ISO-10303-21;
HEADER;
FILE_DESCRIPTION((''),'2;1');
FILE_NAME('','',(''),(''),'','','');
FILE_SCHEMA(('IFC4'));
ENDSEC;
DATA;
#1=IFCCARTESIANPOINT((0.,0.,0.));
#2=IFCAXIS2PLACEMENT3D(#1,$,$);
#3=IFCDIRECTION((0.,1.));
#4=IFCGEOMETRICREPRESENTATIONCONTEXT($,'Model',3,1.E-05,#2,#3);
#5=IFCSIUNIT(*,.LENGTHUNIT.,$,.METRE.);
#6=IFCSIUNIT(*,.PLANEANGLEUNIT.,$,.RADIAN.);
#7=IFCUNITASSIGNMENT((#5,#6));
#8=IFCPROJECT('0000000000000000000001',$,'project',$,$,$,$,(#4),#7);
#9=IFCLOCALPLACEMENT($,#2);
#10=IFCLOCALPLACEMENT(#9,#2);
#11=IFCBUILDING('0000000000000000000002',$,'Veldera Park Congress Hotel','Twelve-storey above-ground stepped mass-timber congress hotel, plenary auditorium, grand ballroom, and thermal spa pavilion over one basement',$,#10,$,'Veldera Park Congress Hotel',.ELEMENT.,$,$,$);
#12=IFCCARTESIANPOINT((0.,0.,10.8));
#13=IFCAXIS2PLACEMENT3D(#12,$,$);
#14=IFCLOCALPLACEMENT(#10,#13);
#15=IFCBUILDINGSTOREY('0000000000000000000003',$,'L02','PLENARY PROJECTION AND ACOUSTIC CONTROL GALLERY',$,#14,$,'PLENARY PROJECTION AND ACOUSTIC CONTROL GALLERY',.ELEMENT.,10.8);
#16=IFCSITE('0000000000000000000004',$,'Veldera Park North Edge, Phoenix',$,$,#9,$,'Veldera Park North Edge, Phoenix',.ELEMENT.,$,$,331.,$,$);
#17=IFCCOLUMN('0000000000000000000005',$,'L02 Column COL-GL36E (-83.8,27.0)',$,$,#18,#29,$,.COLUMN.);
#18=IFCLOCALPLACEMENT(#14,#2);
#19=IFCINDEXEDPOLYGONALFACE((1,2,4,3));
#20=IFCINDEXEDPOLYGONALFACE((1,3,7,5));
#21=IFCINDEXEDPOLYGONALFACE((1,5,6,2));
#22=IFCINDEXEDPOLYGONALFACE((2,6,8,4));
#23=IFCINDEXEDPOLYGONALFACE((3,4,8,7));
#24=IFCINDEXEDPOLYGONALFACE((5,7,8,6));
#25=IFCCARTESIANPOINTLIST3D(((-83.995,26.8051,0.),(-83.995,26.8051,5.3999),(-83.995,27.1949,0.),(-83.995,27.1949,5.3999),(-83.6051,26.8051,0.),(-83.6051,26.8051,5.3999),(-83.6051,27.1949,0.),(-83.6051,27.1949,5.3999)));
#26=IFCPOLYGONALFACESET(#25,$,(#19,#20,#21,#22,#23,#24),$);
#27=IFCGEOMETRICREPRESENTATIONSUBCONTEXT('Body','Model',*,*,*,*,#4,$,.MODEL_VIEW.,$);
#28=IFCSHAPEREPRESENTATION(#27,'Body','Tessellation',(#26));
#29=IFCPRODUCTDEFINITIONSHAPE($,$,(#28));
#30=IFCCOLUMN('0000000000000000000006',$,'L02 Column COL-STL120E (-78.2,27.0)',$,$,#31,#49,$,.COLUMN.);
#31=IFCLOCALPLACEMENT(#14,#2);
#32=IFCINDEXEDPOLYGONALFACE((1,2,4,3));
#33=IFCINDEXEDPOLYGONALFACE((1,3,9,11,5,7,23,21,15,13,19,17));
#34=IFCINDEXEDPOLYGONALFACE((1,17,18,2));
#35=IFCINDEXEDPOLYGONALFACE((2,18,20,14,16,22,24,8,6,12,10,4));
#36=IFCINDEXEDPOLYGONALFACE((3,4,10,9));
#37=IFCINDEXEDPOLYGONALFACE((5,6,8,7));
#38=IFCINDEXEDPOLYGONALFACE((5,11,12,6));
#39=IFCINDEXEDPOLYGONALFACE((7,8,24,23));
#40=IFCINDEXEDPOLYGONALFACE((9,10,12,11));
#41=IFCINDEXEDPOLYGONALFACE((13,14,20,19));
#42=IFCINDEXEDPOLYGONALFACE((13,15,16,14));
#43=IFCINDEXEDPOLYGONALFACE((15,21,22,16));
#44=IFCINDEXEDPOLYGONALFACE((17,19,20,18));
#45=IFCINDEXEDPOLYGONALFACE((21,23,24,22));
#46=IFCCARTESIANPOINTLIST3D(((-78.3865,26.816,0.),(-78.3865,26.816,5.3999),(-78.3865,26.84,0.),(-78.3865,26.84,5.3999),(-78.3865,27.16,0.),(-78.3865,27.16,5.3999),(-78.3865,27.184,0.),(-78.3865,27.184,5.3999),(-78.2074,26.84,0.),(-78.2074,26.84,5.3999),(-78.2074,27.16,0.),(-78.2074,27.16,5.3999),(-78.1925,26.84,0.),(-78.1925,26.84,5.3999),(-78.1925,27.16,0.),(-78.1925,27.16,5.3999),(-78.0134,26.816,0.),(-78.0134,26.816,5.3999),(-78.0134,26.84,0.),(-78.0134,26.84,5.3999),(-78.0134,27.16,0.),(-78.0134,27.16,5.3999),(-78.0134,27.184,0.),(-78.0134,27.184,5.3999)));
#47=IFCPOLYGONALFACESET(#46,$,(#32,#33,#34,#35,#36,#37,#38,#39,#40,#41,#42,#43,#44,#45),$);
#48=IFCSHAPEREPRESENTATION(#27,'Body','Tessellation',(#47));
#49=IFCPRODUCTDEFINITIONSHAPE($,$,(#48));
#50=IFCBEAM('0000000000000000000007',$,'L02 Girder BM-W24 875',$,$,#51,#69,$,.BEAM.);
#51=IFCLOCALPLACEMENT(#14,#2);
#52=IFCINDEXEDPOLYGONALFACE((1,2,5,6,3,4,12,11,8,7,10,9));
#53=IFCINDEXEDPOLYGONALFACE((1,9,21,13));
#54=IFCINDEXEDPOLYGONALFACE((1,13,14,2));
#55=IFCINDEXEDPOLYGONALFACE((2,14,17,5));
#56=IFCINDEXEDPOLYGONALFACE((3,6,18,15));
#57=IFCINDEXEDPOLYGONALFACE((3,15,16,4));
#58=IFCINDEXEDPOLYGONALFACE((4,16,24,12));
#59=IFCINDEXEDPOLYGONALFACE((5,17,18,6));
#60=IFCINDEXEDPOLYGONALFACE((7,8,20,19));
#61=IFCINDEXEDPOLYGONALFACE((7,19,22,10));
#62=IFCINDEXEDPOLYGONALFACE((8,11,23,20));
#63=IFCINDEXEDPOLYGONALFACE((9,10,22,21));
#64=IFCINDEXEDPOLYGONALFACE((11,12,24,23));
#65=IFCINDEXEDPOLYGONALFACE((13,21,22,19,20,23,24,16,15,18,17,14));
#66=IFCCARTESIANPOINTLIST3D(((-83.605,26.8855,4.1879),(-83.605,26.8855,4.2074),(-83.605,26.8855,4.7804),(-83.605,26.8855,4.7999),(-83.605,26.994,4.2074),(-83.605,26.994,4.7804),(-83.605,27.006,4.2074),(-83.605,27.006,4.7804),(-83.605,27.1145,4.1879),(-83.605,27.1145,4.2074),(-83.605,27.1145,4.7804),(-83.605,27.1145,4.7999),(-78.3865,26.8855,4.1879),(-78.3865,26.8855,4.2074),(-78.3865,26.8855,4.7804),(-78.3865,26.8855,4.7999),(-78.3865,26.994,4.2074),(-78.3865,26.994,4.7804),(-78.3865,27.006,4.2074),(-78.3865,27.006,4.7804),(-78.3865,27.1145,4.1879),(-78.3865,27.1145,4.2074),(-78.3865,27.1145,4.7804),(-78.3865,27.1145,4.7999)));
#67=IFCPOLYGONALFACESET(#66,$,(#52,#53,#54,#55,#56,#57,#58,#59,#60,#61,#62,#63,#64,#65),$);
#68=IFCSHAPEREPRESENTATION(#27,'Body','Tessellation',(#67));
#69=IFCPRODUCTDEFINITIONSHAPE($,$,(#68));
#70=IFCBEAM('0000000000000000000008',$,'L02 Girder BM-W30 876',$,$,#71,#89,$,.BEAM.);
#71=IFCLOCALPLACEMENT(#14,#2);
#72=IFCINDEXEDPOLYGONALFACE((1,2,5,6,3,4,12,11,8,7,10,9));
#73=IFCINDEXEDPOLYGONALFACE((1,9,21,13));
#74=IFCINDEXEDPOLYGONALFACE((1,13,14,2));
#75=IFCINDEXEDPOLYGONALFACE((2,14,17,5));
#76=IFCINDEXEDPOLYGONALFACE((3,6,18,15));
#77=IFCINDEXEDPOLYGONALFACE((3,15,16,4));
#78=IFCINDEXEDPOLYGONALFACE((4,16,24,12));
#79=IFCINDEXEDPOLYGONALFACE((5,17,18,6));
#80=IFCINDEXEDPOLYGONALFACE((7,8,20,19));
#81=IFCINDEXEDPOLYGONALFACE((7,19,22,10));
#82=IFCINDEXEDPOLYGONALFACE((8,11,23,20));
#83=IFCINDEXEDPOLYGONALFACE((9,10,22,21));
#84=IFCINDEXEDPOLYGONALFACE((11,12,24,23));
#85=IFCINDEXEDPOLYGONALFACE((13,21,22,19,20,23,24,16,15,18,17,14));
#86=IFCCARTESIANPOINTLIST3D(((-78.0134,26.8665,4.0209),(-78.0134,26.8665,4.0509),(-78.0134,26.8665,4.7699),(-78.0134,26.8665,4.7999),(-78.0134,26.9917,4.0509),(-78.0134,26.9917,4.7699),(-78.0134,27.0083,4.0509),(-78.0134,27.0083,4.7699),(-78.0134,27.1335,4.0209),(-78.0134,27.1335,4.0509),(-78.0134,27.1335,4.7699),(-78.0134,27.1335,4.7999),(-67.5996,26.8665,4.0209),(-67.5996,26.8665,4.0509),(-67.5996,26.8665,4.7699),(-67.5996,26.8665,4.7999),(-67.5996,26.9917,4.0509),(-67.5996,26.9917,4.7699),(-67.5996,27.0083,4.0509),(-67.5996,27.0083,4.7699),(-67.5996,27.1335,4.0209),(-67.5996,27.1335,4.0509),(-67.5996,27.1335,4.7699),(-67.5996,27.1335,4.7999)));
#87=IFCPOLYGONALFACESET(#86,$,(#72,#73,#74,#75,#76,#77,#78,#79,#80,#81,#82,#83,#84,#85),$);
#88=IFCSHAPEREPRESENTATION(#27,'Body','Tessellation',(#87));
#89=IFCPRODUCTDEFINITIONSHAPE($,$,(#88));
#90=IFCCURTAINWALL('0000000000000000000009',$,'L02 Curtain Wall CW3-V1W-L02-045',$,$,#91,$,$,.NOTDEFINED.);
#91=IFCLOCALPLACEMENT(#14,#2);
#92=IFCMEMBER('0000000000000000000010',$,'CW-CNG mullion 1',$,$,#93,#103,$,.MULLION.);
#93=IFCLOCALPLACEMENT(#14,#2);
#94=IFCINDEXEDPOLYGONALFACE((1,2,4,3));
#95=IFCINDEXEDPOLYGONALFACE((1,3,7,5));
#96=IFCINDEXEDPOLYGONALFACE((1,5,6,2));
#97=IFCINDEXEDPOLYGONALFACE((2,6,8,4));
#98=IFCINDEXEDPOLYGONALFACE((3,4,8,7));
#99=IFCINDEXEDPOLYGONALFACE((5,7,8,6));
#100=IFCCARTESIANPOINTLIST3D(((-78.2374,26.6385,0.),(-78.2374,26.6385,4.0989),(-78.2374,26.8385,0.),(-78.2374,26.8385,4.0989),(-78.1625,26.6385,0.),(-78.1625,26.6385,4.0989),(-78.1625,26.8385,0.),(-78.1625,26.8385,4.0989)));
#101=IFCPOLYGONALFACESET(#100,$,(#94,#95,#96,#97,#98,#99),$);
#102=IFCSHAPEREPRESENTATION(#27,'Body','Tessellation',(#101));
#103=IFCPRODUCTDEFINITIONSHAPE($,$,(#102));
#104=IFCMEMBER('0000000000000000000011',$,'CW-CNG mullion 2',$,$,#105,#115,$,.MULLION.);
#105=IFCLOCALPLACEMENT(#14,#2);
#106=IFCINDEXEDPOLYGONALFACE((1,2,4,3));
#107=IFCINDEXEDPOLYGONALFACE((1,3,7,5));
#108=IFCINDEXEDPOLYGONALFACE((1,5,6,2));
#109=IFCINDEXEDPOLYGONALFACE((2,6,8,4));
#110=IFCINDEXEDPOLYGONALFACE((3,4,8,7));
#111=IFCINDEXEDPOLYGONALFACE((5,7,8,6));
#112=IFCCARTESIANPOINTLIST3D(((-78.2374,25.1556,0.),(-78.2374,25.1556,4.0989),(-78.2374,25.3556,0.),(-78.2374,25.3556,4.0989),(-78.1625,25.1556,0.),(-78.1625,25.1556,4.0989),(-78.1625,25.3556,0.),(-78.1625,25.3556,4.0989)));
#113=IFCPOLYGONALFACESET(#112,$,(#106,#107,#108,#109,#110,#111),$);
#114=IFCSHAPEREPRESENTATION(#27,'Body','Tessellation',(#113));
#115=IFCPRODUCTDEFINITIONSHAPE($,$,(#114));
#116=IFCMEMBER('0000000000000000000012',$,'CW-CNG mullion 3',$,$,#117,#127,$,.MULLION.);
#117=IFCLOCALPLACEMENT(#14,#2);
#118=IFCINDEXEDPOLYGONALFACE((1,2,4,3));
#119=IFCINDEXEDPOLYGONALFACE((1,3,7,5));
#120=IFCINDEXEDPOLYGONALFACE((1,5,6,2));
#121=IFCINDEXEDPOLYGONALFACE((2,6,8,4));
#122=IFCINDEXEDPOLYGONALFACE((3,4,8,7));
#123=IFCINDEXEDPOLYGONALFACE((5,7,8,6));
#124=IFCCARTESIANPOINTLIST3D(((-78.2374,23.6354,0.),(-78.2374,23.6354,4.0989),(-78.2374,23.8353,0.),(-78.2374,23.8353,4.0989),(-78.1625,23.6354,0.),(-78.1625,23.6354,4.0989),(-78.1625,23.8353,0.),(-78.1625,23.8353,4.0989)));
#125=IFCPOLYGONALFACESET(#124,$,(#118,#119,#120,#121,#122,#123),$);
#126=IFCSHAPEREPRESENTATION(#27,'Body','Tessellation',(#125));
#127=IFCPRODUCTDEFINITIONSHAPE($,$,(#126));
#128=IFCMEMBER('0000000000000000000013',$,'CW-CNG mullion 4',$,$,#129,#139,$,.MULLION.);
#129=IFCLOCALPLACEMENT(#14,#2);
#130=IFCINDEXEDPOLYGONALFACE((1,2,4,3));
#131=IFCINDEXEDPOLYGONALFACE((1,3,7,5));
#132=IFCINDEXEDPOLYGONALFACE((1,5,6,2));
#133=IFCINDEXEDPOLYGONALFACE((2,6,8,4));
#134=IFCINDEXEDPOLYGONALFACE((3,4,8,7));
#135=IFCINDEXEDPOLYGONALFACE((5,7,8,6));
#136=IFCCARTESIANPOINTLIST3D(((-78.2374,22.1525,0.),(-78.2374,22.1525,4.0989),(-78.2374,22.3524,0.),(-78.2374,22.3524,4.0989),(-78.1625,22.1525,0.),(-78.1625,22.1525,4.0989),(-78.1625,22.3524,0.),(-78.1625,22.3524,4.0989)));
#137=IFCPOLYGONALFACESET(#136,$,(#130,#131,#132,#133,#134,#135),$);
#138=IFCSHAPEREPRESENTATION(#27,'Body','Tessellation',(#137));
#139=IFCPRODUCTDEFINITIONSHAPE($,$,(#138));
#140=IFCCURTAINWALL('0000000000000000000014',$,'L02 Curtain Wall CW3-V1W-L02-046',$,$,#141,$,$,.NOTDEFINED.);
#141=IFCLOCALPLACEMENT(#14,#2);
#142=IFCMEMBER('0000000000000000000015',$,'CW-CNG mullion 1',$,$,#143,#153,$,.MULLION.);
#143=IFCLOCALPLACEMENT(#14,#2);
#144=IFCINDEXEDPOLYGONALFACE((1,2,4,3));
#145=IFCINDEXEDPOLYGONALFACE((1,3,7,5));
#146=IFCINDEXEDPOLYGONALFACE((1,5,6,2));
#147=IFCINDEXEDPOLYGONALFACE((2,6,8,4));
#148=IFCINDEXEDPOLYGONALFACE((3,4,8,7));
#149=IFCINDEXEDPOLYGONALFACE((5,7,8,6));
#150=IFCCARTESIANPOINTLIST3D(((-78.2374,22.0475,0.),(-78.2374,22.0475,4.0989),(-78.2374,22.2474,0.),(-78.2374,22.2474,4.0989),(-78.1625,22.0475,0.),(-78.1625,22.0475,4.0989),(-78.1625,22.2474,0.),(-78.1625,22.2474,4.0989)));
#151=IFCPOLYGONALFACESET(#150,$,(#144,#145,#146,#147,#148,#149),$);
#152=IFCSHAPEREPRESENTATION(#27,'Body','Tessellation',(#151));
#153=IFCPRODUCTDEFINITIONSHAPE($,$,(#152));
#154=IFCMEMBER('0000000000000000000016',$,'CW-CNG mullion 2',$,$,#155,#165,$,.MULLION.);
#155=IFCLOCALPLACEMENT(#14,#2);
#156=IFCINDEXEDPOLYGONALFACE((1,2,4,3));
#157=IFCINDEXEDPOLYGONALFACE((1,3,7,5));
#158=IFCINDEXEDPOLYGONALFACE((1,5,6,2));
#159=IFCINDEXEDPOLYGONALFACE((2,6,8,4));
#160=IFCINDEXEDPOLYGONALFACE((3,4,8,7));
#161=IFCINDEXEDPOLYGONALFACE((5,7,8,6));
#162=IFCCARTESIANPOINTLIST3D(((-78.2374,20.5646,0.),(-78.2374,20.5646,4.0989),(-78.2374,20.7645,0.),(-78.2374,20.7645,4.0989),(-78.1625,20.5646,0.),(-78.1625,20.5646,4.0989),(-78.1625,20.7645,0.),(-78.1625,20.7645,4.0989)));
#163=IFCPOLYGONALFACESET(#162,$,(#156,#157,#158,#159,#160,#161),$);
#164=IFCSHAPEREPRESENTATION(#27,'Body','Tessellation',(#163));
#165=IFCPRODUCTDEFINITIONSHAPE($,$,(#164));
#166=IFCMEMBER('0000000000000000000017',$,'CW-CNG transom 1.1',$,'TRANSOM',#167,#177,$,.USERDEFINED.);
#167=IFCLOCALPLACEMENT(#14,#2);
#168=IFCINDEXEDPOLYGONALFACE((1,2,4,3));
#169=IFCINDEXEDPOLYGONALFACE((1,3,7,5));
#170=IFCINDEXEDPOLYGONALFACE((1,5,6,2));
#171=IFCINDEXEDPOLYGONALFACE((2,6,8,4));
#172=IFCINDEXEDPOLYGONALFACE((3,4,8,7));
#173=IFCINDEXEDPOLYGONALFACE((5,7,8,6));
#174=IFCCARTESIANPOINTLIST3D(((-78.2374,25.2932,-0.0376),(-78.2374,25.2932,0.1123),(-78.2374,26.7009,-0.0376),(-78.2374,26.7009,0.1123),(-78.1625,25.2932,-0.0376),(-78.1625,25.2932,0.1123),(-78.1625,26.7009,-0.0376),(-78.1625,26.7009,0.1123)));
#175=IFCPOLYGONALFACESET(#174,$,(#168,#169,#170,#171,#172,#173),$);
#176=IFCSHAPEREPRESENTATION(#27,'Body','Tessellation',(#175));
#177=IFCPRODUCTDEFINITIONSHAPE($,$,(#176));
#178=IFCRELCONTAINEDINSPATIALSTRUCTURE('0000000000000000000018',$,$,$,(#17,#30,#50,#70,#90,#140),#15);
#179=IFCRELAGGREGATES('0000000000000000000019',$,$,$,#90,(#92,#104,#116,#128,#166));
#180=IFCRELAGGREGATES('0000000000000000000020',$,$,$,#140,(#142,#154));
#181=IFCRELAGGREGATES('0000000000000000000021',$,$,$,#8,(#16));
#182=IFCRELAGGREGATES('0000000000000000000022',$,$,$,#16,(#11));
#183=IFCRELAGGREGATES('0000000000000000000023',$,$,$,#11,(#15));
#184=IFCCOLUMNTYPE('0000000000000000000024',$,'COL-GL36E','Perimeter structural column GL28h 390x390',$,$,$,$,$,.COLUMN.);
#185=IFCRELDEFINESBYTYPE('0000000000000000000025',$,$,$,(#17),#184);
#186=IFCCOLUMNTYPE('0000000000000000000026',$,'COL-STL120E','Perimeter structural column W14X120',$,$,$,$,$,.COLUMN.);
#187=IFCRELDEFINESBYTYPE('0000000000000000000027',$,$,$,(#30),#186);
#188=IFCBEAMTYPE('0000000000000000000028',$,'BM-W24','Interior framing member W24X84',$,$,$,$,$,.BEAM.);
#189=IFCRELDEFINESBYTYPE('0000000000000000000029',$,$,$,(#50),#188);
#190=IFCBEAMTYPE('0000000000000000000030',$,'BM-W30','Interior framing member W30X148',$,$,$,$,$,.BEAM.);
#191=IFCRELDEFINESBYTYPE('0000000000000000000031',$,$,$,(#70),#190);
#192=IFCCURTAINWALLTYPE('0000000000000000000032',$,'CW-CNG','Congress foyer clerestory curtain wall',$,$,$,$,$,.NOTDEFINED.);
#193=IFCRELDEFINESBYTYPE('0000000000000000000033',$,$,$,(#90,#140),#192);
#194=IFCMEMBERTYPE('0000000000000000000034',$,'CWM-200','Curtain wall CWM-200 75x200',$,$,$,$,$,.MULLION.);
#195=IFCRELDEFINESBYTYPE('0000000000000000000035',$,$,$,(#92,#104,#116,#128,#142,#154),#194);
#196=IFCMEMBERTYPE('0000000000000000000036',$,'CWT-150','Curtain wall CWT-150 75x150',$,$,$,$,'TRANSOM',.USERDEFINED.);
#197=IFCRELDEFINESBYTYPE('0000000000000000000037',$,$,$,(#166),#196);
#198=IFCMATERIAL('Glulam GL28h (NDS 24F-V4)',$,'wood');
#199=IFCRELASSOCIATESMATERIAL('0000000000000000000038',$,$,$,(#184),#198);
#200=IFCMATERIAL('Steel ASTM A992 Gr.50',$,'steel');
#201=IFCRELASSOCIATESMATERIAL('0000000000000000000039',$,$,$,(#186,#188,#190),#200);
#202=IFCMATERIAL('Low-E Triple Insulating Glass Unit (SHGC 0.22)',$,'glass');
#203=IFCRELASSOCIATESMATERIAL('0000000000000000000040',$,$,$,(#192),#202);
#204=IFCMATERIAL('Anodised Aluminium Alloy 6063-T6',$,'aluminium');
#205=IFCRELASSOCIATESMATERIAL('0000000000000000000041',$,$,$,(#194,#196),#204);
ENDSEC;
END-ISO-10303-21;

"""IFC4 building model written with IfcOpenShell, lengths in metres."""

from ifc_helpers import new_model, si_unit, direction, frame, origin, origin_2d, place, context, subcontext, project, spatial, rectangle, i_section, extrude, material, material_profile, profile_set, type_object, element, aggregate, save


model = new_model("IFC4")

# Units and contexts
model_context = context("Model", 3, precision=1e-05, world=origin(), true_north=direction((0.0, 1.0)))
body_context = subcontext(model_context, "Body", "Model", "MODEL_VIEW")
ifc_project = project(units=[si_unit("LENGTHUNIT", "METRE"), si_unit("PLANEANGLEUNIT", "RADIAN")], contexts=[model_context])

# Site, building, storey
site_placement = place(None, origin())
site = spatial("IfcSite", under=ifc_project, at=site_placement, Name="Veldera Park North Edge, Phoenix", LongName="Veldera Park North Edge, Phoenix", CompositionType="ELEMENT", RefElevation=331.0)
building_placement = place(site_placement, origin())
building = spatial("IfcBuilding", under=site, at=building_placement, Name="Veldera Park Congress Hotel", Description="Twelve-storey above-ground stepped mass-timber congress hotel, plenary auditorium, grand ballroom, and thermal spa pavilion over one basement", LongName="Veldera Park Congress Hotel", CompositionType="ELEMENT")
storey_placement = place(building_placement, frame((0.0, 0.0, 10.8)))
storey = spatial("IfcBuildingStorey", under=building, at=storey_placement, Name="L02", Description="PLENARY PROJECTION AND ACOUSTIC CONTROL GALLERY", LongName="PLENARY PROJECTION AND ACOUSTIC CONTROL GALLERY", CompositionType="ELEMENT", Elevation=10.8)

# Columns
ifc_material_1 = material(Name="Glulam GL28h (NDS 24F-V4)", Category="wood")
ifc_material_profile_1 = material_profile(ifc_material_1, rectangle(XDim=0.3899, YDim=0.3899, at=origin_2d()), Name="GL28h 390x390")
ifc_profile_set_1 = profile_set([ifc_material_profile_1], Name="Glulam GL28h (NDS 24F-V4)")
column_type_1 = type_object("IfcColumnType", Name="COL-GL36E", Description="Perimeter structural column GL28h 390x390", PredefinedType="COLUMN", material=ifc_profile_set_1)
column_1_placement = place(storey_placement, frame((-83.8, 27.0, 0.0), z_axis=(0.0, 0.0, 1.0), x_axis=(1.0, 0.0, 0.0)))
element("IfcColumn", 1, at=column_1_placement, inside=storey, type_object=column_type_1, Name="L02 Column COL-GL36E (-83.8,27.0)", PredefinedType="COLUMN", context=body_context, shape_type="SweptSolid", body=[
    extrude(rectangle(XDim=0.3899, YDim=0.3899, at=origin_2d()), origin(), (0.0, 0.0, 1.0), 5.3999),
])
ifc_material_2 = material(Name="Steel ASTM A992 Gr.50", Category="steel")
ifc_material_profile_2 = material_profile(ifc_material_2, i_section(OverallWidth=0.373, OverallDepth=0.3679, WebThickness=0.0149, FlangeThickness=0.0239, at=origin_2d()), Name="W14X120")
ifc_profile_set_2 = profile_set([ifc_material_profile_2], Name="Steel ASTM A992 Gr.50")
column_type_2 = type_object("IfcColumnType", Name="COL-STL120E", Description="Perimeter structural column W14X120", PredefinedType="COLUMN", material=ifc_profile_set_2)
column_2_placement = place(storey_placement, frame((-78.2, 27.0, 0.0), z_axis=(0.0, 0.0, 1.0), x_axis=(1.0, 0.0, 0.0)))
element("IfcColumn", 2, at=column_2_placement, inside=storey, type_object=column_type_2, Name="L02 Column COL-STL120E (-78.2,27.0)", PredefinedType="COLUMN", context=body_context, shape_type="SweptSolid", body=[
    extrude(i_section(OverallWidth=0.373, OverallDepth=0.3679, WebThickness=0.0149, FlangeThickness=0.0239, at=origin_2d()), origin(), (0.0, 0.0, 1.0), 5.3999),
])

# Beams
ifc_material_profile_3 = material_profile(ifc_material_2, i_section(OverallWidth=0.229, OverallDepth=0.6121, WebThickness=0.012, FlangeThickness=0.0195, at=origin_2d()), Name="W24X84")
ifc_profile_set_3 = profile_set([ifc_material_profile_3], Name="Steel ASTM A992 Gr.50")
beam_type_1 = type_object("IfcBeamType", Name="BM-W24", Description="Interior framing member W24X84", PredefinedType="BEAM", material=ifc_profile_set_3)
beam_1_placement = place(storey_placement, frame((-83.605, 27.0, 4.4939), z_axis=(1.0, 0.0, 0.0), x_axis=(0.0, 1.0, 0.0)))
element("IfcBeam", 3, at=beam_1_placement, inside=storey, type_object=beam_type_1, Name="L02 Girder BM-W24 875", PredefinedType="BEAM", context=body_context, shape_type="SweptSolid", body=[
    extrude(i_section(OverallWidth=0.229, OverallDepth=0.6121, WebThickness=0.012, FlangeThickness=0.0195, at=origin_2d()), origin(), (0.0, 0.0, 1.0), 5.2185),
])
ifc_material_profile_4 = material_profile(ifc_material_2, i_section(OverallWidth=0.2671, OverallDepth=0.7791, WebThickness=0.0166, FlangeThickness=0.03, at=origin_2d()), Name="W30X148")
ifc_profile_set_4 = profile_set([ifc_material_profile_4], Name="Steel ASTM A992 Gr.50")
beam_type_2 = type_object("IfcBeamType", Name="BM-W30", Description="Interior framing member W30X148", PredefinedType="BEAM", material=ifc_profile_set_4)
beam_2_placement = place(storey_placement, frame((-78.0134, 27.0, 4.4104), z_axis=(1.0, 0.0, 0.0), x_axis=(0.0, 1.0, 0.0)))
element("IfcBeam", 4, at=beam_2_placement, inside=storey, type_object=beam_type_2, Name="L02 Girder BM-W30 876", PredefinedType="BEAM", context=body_context, shape_type="SweptSolid", body=[
    extrude(i_section(OverallWidth=0.2671, OverallDepth=0.7791, WebThickness=0.0166, FlangeThickness=0.03, at=origin_2d()), origin(), (0.0, 0.0, 1.0), 10.4138),
])

# Curtain walls, members
ifc_material_3 = material(Name="Low-E Triple Insulating Glass Unit (SHGC 0.22)", Category="glass")
curtain_wall_type = type_object("IfcCurtainWallType", Name="CW-CNG", Description="Congress foyer clerestory curtain wall", PredefinedType="NOTDEFINED", material=ifc_material_3)
curtain_wall_1_placement = place(storey_placement, origin())
curtain_wall_1 = element("IfcCurtainWall", 5, at=curtain_wall_1_placement, inside=storey, type_object=curtain_wall_type, Name="L02 Curtain Wall CW3-V1W-L02-045", PredefinedType="NOTDEFINED")
ifc_material_4 = material(Name="Anodised Aluminium Alloy 6063-T6", Category="aluminium")
ifc_material_profile_5 = material_profile(ifc_material_4, rectangle(XDim=0.075, YDim=0.2, at=origin_2d()), Name="ALU 75x200")
ifc_profile_set_5 = profile_set([ifc_material_profile_5], Name="Anodised Aluminium Alloy 6063-T6")
member_type_1 = type_object("IfcMemberType", Name="CWM-200", Description="Curtain wall CWM-200 75x200", PredefinedType="MULLION", material=ifc_profile_set_5)
member_1_placement = place(storey_placement, frame((-78.2, 26.7385, 0.0), z_axis=(0.0, 0.0, 1.0), x_axis=(1.0, 0.0, 0.0)))
member_1 = element("IfcMember", 6, at=member_1_placement, type_object=member_type_1, Name="CW-CNG mullion 1", PredefinedType="MULLION", context=body_context, shape_type="SweptSolid", body=[
    extrude(rectangle(XDim=0.075, YDim=0.2, at=origin_2d()), origin(), (0.0, 0.0, 1.0), 4.0989),
])
member_2_placement = place(storey_placement, frame((-78.2, 25.2556, 0.0), z_axis=(0.0, 0.0, 1.0), x_axis=(1.0, 0.0, 0.0)))
member_2 = element("IfcMember", 7, at=member_2_placement, type_object=member_type_1, Name="CW-CNG mullion 2", PredefinedType="MULLION", context=body_context, shape_type="SweptSolid", body=[
    extrude(rectangle(XDim=0.075, YDim=0.2, at=origin_2d()), origin(), (0.0, 0.0, 1.0), 4.0989),
])
member_3_placement = place(storey_placement, frame((-78.2, 23.7354, 0.0), z_axis=(0.0, 0.0, 1.0), x_axis=(1.0, 0.0, 0.0)))
member_3 = element("IfcMember", 8, at=member_3_placement, type_object=member_type_1, Name="CW-CNG mullion 3", PredefinedType="MULLION", context=body_context, shape_type="SweptSolid", body=[
    extrude(rectangle(XDim=0.075, YDim=0.2, at=origin_2d()), origin(), (0.0, 0.0, 1.0), 4.0989),
])
member_4_placement = place(storey_placement, frame((-78.2, 22.2524, 0.0), z_axis=(0.0, 0.0, 1.0), x_axis=(1.0, 0.0, 0.0)))
member_4 = element("IfcMember", 9, at=member_4_placement, type_object=member_type_1, Name="CW-CNG mullion 4", PredefinedType="MULLION", context=body_context, shape_type="SweptSolid", body=[
    extrude(rectangle(XDim=0.075, YDim=0.2, at=origin_2d()), origin(), (0.0, 0.0, 1.0), 4.0989),
])
curtain_wall_2_placement = place(storey_placement, origin())
curtain_wall_2 = element("IfcCurtainWall", 10, at=curtain_wall_2_placement, inside=storey, type_object=curtain_wall_type, Name="L02 Curtain Wall CW3-V1W-L02-046", PredefinedType="NOTDEFINED")
member_5_placement = place(storey_placement, frame((-78.2, 22.1475, 0.0), z_axis=(0.0, 0.0, 1.0), x_axis=(1.0, 0.0, 0.0)))
member_5 = element("IfcMember", 11, at=member_5_placement, type_object=member_type_1, Name="CW-CNG mullion 1", PredefinedType="MULLION", context=body_context, shape_type="SweptSolid", body=[
    extrude(rectangle(XDim=0.075, YDim=0.2, at=origin_2d()), origin(), (0.0, 0.0, 1.0), 4.0989),
])
member_6_placement = place(storey_placement, frame((-78.2, 20.6646, 0.0), z_axis=(0.0, 0.0, 1.0), x_axis=(1.0, 0.0, 0.0)))
member_6 = element("IfcMember", 12, at=member_6_placement, type_object=member_type_1, Name="CW-CNG mullion 2", PredefinedType="MULLION", context=body_context, shape_type="SweptSolid", body=[
    extrude(rectangle(XDim=0.075, YDim=0.2, at=origin_2d()), origin(), (0.0, 0.0, 1.0), 4.0989),
])

# Member
ifc_material_profile_6 = material_profile(ifc_material_4, rectangle(XDim=0.075, YDim=0.1499, at=origin_2d()), Name="ALU 75x150")
ifc_profile_set_6 = profile_set([ifc_material_profile_6], Name="Anodised Aluminium Alloy 6063-T6")
member_type_2 = type_object("IfcMemberType", Name="CWT-150", Description="Curtain wall CWT-150 75x150", ElementType="TRANSOM", PredefinedType="USERDEFINED", material=ifc_profile_set_6)
member_7_placement = place(storey_placement, frame((-78.2, 26.7009, 0.0374), z_axis=(0.0, -1.0, 0.0), x_axis=(1.0, 0.0, 0.0)))
member_7 = element("IfcMember", 13, at=member_7_placement, type_object=member_type_2, Name="CW-CNG transom 1.1", ObjectType="TRANSOM", PredefinedType="USERDEFINED", context=body_context, shape_type="SweptSolid", body=[
    extrude(rectangle(XDim=0.075, YDim=0.1499, at=origin_2d()), origin(), (0.0, 0.0, 1.0), 1.4077),
])

aggregate(curtain_wall_1, [member_1, member_2, member_3, member_4, member_7])
aggregate(curtain_wall_2, [member_5, member_6])

save(model, "model.ifc")
